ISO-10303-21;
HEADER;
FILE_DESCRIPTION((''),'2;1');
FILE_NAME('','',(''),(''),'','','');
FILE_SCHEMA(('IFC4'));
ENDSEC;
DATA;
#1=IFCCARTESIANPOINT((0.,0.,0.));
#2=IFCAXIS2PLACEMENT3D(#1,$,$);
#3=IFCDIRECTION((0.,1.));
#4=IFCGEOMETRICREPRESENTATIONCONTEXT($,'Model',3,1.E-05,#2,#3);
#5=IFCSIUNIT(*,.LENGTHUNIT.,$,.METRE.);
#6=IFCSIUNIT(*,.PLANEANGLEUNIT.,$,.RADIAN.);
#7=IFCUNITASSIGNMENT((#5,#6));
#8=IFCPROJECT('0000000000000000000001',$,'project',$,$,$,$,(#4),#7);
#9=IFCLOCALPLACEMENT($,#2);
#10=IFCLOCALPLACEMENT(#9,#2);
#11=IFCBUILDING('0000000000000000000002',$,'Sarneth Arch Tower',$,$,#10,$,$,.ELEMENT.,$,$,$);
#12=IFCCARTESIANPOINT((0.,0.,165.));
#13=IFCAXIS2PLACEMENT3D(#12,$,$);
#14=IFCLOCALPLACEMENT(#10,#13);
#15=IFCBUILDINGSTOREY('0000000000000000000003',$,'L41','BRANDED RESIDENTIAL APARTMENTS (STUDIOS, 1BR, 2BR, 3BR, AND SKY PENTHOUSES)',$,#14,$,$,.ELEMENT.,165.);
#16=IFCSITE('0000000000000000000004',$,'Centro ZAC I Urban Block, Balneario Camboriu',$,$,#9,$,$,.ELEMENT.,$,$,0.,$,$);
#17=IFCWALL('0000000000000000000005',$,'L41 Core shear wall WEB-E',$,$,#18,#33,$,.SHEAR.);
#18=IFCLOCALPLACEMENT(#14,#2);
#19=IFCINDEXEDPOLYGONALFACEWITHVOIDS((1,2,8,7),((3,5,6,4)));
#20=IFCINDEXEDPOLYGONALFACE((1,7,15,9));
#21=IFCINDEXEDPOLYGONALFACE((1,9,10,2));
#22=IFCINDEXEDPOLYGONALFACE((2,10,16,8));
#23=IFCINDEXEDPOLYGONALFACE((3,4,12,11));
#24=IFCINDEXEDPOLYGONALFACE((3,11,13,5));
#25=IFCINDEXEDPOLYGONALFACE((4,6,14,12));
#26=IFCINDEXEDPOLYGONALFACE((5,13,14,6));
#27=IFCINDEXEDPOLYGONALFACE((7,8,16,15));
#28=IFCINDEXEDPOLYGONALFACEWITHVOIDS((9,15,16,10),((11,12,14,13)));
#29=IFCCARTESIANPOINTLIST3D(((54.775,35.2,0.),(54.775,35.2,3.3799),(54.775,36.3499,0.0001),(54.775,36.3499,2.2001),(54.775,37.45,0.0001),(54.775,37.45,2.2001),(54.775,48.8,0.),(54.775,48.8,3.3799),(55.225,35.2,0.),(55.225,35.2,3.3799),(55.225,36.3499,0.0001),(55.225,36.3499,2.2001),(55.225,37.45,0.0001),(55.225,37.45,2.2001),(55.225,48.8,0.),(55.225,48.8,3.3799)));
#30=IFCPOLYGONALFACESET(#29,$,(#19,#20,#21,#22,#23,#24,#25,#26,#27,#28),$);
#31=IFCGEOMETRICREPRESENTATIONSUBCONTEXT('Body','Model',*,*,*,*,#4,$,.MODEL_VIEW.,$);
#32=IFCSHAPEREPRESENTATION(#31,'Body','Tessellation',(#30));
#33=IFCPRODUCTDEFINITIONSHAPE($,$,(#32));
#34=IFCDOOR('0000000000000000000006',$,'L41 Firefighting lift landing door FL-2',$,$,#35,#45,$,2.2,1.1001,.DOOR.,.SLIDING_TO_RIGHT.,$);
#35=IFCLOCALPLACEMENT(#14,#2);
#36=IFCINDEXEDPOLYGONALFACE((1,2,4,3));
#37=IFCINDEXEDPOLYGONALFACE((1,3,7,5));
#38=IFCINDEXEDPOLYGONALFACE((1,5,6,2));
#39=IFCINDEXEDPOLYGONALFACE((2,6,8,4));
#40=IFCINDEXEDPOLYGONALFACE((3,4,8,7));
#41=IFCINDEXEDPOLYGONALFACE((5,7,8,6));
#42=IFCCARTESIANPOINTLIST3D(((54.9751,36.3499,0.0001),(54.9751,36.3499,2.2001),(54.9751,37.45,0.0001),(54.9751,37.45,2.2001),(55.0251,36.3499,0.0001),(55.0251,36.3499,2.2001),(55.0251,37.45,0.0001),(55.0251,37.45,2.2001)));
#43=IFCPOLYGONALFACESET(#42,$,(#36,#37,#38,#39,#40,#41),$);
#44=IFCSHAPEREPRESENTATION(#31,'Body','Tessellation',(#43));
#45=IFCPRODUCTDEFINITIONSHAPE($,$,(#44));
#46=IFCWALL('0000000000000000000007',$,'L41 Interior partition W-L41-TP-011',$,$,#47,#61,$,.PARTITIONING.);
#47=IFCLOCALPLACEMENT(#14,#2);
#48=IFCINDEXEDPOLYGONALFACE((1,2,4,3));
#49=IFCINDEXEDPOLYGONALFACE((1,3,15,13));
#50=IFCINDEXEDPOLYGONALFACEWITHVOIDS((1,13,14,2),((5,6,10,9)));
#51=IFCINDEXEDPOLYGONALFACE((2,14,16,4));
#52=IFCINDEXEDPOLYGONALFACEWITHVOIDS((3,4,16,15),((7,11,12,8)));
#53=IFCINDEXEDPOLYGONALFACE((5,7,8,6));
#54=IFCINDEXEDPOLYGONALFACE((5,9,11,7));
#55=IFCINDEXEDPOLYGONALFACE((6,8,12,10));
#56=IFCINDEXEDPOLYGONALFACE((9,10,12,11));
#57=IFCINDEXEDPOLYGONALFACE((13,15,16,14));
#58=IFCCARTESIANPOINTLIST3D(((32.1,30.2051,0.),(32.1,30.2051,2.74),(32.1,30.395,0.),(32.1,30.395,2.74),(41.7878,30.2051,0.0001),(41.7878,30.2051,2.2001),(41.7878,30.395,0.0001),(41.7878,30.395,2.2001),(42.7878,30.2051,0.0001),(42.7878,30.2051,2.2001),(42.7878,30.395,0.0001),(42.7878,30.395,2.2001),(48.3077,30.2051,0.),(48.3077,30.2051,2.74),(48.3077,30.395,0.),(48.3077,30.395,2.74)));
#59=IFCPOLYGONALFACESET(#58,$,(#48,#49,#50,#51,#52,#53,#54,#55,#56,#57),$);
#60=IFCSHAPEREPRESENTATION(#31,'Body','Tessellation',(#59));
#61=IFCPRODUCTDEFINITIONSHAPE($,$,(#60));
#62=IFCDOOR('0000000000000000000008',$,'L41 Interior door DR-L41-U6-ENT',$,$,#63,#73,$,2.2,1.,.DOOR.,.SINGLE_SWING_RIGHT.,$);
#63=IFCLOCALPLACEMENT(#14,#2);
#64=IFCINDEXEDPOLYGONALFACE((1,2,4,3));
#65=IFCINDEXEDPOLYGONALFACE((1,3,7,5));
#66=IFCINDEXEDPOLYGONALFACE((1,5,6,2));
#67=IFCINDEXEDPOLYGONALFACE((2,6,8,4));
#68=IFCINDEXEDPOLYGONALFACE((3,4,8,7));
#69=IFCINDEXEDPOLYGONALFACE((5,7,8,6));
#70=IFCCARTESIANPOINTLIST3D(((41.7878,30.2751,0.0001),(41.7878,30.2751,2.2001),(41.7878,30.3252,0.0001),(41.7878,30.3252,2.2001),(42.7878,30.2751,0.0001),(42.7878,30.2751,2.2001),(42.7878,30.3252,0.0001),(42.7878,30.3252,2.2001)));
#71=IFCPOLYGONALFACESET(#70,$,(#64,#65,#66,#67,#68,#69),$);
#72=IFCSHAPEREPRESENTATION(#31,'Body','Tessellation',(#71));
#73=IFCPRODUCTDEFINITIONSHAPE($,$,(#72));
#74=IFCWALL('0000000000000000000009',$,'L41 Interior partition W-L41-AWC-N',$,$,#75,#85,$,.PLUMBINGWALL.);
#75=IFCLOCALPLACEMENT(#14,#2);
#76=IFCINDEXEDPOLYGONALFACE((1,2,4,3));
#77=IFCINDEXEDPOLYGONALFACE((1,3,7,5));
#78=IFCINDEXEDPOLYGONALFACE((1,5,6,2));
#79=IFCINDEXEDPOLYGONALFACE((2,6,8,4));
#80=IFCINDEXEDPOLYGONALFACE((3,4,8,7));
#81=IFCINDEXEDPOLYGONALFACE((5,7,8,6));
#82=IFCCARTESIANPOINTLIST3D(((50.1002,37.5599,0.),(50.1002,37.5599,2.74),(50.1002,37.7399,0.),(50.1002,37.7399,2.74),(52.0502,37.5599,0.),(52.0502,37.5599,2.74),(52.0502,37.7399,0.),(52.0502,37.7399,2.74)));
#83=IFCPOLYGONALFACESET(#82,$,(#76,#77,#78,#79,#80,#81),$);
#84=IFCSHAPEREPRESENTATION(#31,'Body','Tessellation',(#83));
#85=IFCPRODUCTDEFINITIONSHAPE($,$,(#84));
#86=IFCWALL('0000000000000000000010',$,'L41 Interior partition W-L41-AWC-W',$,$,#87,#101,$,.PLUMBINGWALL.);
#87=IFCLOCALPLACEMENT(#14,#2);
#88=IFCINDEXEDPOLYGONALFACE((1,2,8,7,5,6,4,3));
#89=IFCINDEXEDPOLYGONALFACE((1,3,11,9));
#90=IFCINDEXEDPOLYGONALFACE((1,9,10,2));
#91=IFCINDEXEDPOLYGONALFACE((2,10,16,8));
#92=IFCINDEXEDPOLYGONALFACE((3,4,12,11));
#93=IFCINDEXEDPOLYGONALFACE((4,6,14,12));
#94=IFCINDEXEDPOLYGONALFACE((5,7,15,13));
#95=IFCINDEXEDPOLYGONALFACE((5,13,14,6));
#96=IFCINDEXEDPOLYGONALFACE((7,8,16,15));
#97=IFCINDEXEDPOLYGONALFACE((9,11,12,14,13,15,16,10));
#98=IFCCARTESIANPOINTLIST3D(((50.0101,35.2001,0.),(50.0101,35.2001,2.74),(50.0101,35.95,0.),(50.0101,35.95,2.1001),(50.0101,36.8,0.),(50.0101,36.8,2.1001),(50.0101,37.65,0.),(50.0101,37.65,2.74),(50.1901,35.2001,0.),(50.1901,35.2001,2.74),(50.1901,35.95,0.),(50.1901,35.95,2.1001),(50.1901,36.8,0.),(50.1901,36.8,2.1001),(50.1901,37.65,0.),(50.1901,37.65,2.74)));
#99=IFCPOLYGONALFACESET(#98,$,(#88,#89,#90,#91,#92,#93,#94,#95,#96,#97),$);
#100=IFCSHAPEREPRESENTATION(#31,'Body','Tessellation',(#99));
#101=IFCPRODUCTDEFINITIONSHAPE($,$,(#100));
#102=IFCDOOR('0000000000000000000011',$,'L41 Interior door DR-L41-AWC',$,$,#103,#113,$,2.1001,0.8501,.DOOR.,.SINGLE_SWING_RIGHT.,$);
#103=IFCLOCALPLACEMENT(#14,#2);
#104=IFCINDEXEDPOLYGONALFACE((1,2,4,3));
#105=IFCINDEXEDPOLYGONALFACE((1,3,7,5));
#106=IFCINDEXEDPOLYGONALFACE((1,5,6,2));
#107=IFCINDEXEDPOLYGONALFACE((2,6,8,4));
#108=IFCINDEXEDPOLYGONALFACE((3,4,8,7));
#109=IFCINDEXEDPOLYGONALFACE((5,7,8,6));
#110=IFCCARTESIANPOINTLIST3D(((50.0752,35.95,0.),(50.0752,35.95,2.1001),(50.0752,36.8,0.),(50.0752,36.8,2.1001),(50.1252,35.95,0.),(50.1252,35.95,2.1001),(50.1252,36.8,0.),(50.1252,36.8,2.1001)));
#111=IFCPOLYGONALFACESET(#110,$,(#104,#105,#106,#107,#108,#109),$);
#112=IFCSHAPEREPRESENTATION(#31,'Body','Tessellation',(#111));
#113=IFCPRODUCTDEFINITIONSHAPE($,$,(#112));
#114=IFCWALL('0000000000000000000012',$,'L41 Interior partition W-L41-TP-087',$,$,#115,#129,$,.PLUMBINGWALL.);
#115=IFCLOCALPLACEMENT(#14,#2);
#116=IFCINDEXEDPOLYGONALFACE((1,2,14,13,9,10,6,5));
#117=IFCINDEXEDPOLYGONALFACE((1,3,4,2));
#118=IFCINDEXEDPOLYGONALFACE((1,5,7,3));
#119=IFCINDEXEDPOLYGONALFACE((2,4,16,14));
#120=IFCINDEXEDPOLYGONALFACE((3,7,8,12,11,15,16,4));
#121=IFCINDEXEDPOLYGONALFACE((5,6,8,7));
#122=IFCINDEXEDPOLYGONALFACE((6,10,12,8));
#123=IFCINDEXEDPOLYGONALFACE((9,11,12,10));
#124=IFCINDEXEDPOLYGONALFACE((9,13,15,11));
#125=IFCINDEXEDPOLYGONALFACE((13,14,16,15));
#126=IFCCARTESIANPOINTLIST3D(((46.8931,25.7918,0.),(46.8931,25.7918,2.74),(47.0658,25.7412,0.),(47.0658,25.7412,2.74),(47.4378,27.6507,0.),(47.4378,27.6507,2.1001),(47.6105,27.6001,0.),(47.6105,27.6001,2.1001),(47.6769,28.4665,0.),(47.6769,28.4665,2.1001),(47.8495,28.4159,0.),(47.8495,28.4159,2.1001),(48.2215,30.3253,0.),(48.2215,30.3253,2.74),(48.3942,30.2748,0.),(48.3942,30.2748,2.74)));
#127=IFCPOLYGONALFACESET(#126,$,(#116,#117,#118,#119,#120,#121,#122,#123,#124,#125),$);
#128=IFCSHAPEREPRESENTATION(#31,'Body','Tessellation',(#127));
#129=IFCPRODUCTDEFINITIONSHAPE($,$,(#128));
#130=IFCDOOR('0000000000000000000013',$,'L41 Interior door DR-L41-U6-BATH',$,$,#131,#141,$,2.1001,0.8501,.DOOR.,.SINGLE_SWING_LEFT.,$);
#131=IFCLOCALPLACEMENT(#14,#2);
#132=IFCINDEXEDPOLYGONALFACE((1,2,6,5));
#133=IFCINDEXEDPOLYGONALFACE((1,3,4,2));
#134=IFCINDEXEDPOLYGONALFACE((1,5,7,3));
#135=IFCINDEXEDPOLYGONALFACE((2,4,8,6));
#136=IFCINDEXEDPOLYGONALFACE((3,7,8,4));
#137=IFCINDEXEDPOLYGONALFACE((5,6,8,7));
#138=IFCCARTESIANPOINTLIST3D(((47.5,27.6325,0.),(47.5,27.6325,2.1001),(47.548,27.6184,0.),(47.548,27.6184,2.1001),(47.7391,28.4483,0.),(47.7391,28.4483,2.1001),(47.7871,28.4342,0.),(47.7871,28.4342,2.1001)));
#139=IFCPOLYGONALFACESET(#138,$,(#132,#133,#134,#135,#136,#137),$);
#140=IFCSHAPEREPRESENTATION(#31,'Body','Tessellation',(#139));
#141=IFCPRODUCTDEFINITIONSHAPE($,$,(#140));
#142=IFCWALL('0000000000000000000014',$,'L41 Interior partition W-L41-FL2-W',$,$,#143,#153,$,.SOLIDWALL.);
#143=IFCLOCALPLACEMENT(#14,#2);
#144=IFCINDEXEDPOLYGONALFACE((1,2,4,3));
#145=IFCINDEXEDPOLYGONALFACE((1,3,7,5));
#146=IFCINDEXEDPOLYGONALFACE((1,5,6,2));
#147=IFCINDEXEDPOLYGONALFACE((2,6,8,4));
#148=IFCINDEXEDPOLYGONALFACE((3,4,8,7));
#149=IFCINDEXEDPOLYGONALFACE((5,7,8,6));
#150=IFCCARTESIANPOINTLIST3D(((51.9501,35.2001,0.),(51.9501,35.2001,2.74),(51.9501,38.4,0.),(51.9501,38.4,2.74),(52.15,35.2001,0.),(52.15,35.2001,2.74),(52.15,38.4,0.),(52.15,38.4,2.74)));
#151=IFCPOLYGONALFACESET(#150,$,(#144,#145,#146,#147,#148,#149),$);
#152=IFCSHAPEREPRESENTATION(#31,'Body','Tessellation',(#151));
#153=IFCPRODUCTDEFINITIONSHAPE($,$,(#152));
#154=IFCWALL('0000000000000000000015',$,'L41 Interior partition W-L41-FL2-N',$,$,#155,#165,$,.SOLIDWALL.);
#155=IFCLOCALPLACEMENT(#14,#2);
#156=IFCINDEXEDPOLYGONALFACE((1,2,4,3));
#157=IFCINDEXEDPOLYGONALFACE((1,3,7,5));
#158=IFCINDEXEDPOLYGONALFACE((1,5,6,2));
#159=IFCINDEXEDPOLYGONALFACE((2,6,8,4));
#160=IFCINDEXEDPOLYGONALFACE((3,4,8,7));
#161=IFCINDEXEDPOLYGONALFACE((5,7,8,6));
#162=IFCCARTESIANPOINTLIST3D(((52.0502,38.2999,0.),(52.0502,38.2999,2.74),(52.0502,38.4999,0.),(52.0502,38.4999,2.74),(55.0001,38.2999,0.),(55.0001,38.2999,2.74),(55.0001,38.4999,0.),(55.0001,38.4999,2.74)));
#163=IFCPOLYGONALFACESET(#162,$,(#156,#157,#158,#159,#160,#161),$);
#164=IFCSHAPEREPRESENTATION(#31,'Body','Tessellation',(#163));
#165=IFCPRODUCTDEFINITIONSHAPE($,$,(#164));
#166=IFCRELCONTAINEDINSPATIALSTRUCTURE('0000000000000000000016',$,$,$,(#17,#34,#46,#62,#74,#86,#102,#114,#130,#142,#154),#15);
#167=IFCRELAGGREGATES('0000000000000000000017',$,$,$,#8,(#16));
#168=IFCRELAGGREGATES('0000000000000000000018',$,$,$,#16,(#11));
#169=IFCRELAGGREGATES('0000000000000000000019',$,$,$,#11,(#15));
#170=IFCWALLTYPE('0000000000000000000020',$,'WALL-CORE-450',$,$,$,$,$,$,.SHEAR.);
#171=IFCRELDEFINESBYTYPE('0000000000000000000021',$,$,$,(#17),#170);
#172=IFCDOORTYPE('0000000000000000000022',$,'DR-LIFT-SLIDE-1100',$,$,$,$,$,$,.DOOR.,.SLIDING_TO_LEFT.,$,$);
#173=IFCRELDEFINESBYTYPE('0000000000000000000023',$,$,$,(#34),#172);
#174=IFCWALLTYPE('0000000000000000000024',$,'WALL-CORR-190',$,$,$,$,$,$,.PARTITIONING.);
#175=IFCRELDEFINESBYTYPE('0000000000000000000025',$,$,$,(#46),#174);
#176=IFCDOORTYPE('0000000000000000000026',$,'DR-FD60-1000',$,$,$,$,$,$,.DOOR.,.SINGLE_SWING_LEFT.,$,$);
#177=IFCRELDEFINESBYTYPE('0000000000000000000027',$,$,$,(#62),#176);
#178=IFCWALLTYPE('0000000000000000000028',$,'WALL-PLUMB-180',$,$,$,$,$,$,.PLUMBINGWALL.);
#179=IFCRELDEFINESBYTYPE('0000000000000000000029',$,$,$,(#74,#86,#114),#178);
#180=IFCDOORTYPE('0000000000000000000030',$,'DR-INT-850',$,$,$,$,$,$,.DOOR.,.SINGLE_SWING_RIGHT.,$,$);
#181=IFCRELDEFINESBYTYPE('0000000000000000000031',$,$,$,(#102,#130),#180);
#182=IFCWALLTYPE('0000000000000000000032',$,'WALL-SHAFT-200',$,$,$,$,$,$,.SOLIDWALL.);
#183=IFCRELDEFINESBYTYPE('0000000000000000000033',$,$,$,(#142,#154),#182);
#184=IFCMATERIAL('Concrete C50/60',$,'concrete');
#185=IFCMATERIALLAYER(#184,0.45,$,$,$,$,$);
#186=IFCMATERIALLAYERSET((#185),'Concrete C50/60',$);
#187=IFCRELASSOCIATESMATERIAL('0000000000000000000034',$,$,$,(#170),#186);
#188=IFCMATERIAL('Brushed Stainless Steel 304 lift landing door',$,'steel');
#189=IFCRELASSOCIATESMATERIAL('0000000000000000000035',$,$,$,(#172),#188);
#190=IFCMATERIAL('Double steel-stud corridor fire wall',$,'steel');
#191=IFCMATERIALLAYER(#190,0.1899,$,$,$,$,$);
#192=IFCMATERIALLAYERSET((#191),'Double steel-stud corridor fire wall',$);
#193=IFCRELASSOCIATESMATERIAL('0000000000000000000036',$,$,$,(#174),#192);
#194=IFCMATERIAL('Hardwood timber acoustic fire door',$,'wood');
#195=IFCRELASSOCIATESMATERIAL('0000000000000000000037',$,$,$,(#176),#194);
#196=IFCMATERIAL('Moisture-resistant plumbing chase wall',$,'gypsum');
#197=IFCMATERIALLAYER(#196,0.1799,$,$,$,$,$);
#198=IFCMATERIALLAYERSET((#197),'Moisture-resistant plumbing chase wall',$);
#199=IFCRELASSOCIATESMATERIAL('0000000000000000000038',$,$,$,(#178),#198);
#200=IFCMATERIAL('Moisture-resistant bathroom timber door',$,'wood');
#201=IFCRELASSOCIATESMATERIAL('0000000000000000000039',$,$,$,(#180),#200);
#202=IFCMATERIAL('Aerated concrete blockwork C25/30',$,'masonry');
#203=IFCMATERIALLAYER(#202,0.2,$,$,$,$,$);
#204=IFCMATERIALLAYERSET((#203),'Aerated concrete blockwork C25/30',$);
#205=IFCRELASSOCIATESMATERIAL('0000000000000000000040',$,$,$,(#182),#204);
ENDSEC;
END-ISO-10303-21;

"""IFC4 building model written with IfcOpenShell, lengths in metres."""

from ifc_helpers import new_model, si_unit, direction, frame, frame_2d, origin, place, context, subcontext, project, spatial, rectangle, extrude, material, layer, layer_set, type_object, element, fill, save


model = new_model("IFC4")

# Units and contexts
model_context = context("Model", 3, precision=1e-05, world=origin(), true_north=direction((0.0, 1.0)))
body_context = subcontext(model_context, "Body", "Model", "MODEL_VIEW")
ifc_project = project(units=[si_unit("LENGTHUNIT", "METRE"), si_unit("PLANEANGLEUNIT", "RADIAN")], contexts=[model_context])

# Site, building, storey
site_placement = place(None, origin())
site = spatial("IfcSite", under=ifc_project, at=site_placement, Name="Centro ZAC I Urban Block, Balneario Camboriu", CompositionType="ELEMENT", RefElevation=0.0)
building_placement = place(site_placement, origin())
building = spatial("IfcBuilding", under=site, at=building_placement, Name="Sarneth Arch Tower", CompositionType="ELEMENT")
storey_placement = place(building_placement, frame((0.0, 0.0, 165.0)))
storey = spatial("IfcBuildingStorey", under=building, at=storey_placement, Name="L41", Description="BRANDED RESIDENTIAL APARTMENTS (STUDIOS, 1BR, 2BR, 3BR, AND SKY PENTHOUSES)", CompositionType="ELEMENT", Elevation=165.0)

# Shared definitions
ifc_material_1 = material(Name="Concrete C50/60", Category="concrete")
ifc_layer_1 = layer(ifc_material_1, 0.45)
ifc_layer_set_1 = layer_set([ifc_layer_1], Name="Concrete C50/60")
wall_type_1 = type_object("IfcWallType", Name="WALL-CORE-450", PredefinedType="SHEAR", material=ifc_layer_set_1)

# Walls, openings, doors
wall_1_placement = place(storey_placement, frame((55.0, 35.2, 0.0), z_axis=(0.0, 0.0, 1.0), x_axis=(0.0, 1.0, 0.0)))
wall_1 = element("IfcWall", 1, at=wall_1_placement, inside=storey, type_object=wall_type_1, Name="L41 Core shear wall WEB-E", PredefinedType="SHEAR", context=body_context, shape_type="SweptSolid", body=[
    extrude(rectangle(XDim=13.6001, YDim=0.45, at=frame_2d((6.8, 0.0))), origin(), (0.0, 0.0, 1.0), 3.3799),
])
opening_1_placement = place(wall_1_placement, frame((1.1499, 0.0, 0.0)))
opening_1 = element("IfcOpeningElement", 2, at=opening_1_placement, cuts=wall_1, PredefinedType="OPENING", context=body_context, shape_type="SweptSolid", body=[
    extrude(rectangle(XDim=1.1001, YDim=2.2, at=frame_2d((0.55, 1.1001))), frame((0.0, 0.2349, 0.0), z_axis=(0.0, -1.0, 0.0), x_axis=(1.0, 0.0, 0.0)), (0.0, 0.0, 1.0), 0.47),
])
ifc_material_2 = material(Name="Brushed Stainless Steel 304 lift landing door", Category="steel")
door_type_1 = type_object("IfcDoorType", Name="DR-LIFT-SLIDE-1100", OperationType="SLIDING_TO_LEFT", PredefinedType="DOOR", material=ifc_material_2)
door_1_placement = place(opening_1_placement, origin())
door_1 = element("IfcDoor", 3, at=door_1_placement, inside=storey, type_object=door_type_1, Name="L41 Firefighting lift landing door FL-2", OperationType="SLIDING_TO_RIGHT", OverallHeight=2.2, OverallWidth=1.1001, PredefinedType="DOOR", context=body_context, shape_type="SweptSolid", body=[
    extrude(rectangle(XDim=1.1001, YDim=2.2, at=frame_2d((0.55, 1.1001))), frame((0.0, 0.0249, 0.0), z_axis=(0.0, -1.0, 0.0), x_axis=(1.0, 0.0, 0.0)), (0.0, 0.0, 1.0), 0.05),
])
fill(opening_1, door_1)
ifc_material_3 = material(Name="Double steel-stud corridor fire wall", Category="steel")
ifc_layer_2 = layer(ifc_material_3, 0.1899)
ifc_layer_set_2 = layer_set([ifc_layer_2], Name="Double steel-stud corridor fire wall")
wall_type_2 = type_object("IfcWallType", Name="WALL-CORR-190", PredefinedType="PARTITIONING", material=ifc_layer_set_2)
wall_2_placement = place(storey_placement, frame((48.3079, 30.3, 0.0), z_axis=(0.0, 0.0, 1.0), x_axis=(-1.0, 0.0, 0.0)))
wall_2 = element("IfcWall", 4, at=wall_2_placement, inside=storey, type_object=wall_type_2, Name="L41 Interior partition W-L41-TP-011", PredefinedType="PARTITIONING", context=body_context, shape_type="SweptSolid", body=[
    extrude(rectangle(XDim=16.2078, YDim=0.1899, at=frame_2d((8.104, 0.0))), origin(), (0.0, 0.0, 1.0), 2.74),
])
opening_2_placement = place(wall_2_placement, frame((5.52, 0.0, 0.0)))
opening_2 = element("IfcOpeningElement", 5, at=opening_2_placement, cuts=wall_2, PredefinedType="OPENING", context=body_context, shape_type="SweptSolid", body=[
    extrude(rectangle(XDim=1.0, YDim=2.2, at=frame_2d((0.5, 1.1001))), frame((0.0, 0.105, 0.0), z_axis=(0.0, -1.0, 0.0), x_axis=(1.0, 0.0, 0.0)), (0.0, 0.0, 1.0), 0.21),
])
ifc_material_4 = material(Name="Hardwood timber acoustic fire door", Category="wood")
door_type_2 = type_object("IfcDoorType", Name="DR-FD60-1000", OperationType="SINGLE_SWING_LEFT", PredefinedType="DOOR", material=ifc_material_4)
door_2_placement = place(opening_2_placement, origin())
door_2 = element("IfcDoor", 6, at=door_2_placement, inside=storey, type_object=door_type_2, Name="L41 Interior door DR-L41-U6-ENT", OperationType="SINGLE_SWING_RIGHT", OverallHeight=2.2, OverallWidth=1.0, PredefinedType="DOOR", context=body_context, shape_type="SweptSolid", body=[
    extrude(rectangle(XDim=1.0, YDim=2.2, at=frame_2d((0.5, 1.1001))), frame((0.0, 0.0249, 0.0), z_axis=(0.0, -1.0, 0.0), x_axis=(1.0, 0.0, 0.0)), (0.0, 0.0, 1.0), 0.05),
])
fill(opening_2, door_2)

# Wall
ifc_material_5 = material(Name="Moisture-resistant plumbing chase wall", Category="gypsum")
ifc_layer_3 = layer(ifc_material_5, 0.1799)
ifc_layer_set_3 = layer_set([ifc_layer_3], Name="Moisture-resistant plumbing chase wall")
wall_type_3 = type_object("IfcWallType", Name="WALL-PLUMB-180", PredefinedType="PLUMBINGWALL", material=ifc_layer_set_3)
wall_3_placement = place(storey_placement, frame((50.1001, 37.6499, 0.0), z_axis=(0.0, 0.0, 1.0), x_axis=(1.0, 0.0, 0.0)))
element("IfcWall", 7, at=wall_3_placement, inside=storey, type_object=wall_type_3, Name="L41 Interior partition W-L41-AWC-N", PredefinedType="PLUMBINGWALL", context=body_context, shape_type="SweptSolid", body=[
    extrude(rectangle(XDim=1.95, YDim=0.1799, at=frame_2d((0.9751, 0.0))), origin(), (0.0, 0.0, 1.0), 2.74),
])

# Walls, openings, doors
wall_4_placement = place(storey_placement, frame((50.1001, 35.2, 0.0), z_axis=(0.0, 0.0, 1.0), x_axis=(0.0, 1.0, 0.0)))
wall_4 = element("IfcWall", 8, at=wall_4_placement, inside=storey, type_object=wall_type_3, Name="L41 Interior partition W-L41-AWC-W", PredefinedType="PLUMBINGWALL", context=body_context, shape_type="SweptSolid", body=[
    extrude(rectangle(XDim=2.45, YDim=0.1799, at=frame_2d((1.2251, 0.0))), origin(), (0.0, 0.0, 1.0), 2.74),
])
opening_3_placement = place(wall_4_placement, frame((0.75, 0.0, 0.0)))
opening_3 = element("IfcOpeningElement", 9, at=opening_3_placement, cuts=wall_4, PredefinedType="OPENING", context=body_context, shape_type="SweptSolid", body=[
    extrude(rectangle(XDim=0.8501, YDim=2.1001, at=frame_2d((0.425, 1.05))), frame((0.0, 0.0999, 0.0), z_axis=(0.0, -1.0, 0.0), x_axis=(1.0, 0.0, 0.0)), (0.0, 0.0, 1.0), 0.2),
])
ifc_material_6 = material(Name="Moisture-resistant bathroom timber door", Category="wood")
door_type_3 = type_object("IfcDoorType", Name="DR-INT-850", OperationType="SINGLE_SWING_RIGHT", PredefinedType="DOOR", material=ifc_material_6)
door_3_placement = place(opening_3_placement, origin())
door_3 = element("IfcDoor", 10, at=door_3_placement, inside=storey, type_object=door_type_3, Name="L41 Interior door DR-L41-AWC", OperationType="SINGLE_SWING_RIGHT", OverallHeight=2.1001, OverallWidth=0.8501, PredefinedType="DOOR", context=body_context, shape_type="SweptSolid", body=[
    extrude(rectangle(XDim=0.8501, YDim=2.1001, at=frame_2d((0.425, 1.05))), frame((0.0, 0.0249, 0.0), z_axis=(0.0, -1.0, 0.0), x_axis=(1.0, 0.0, 0.0)), (0.0, 0.0, 1.0), 0.05),
])
fill(opening_3, door_3)
wall_5_placement = place(storey_placement, frame((48.3079, 30.3, 0.0), z_axis=(0.0, 0.0, 1.0), x_axis=(-0.281192, -0.959651, 0.0)))
wall_5 = element("IfcWall", 11, at=wall_5_placement, inside=storey, type_object=wall_type_3, Name="L41 Interior partition W-L41-TP-087", PredefinedType="PLUMBINGWALL", context=body_context, shape_type="SweptSolid", body=[
    extrude(rectangle(XDim=4.7241, YDim=0.1799, at=frame_2d((2.3621, 0.0))), origin(), (0.0, 0.0, 1.0), 2.74),
])
opening_4_placement = place(wall_5_placement, frame((1.937, 0.0, 0.0)))
opening_4 = element("IfcOpeningElement", 12, at=opening_4_placement, cuts=wall_5, PredefinedType="OPENING", context=body_context, shape_type="SweptSolid", body=[
    extrude(rectangle(XDim=0.8501, YDim=2.1001, at=frame_2d((0.425, 1.05))), frame((0.0, 0.0999, 0.0), z_axis=(0.0, -1.0, 0.0), x_axis=(1.0, 0.0, 0.0)), (0.0, 0.0, 1.0), 0.2),
])
door_4_placement = place(opening_4_placement, origin())
door_4 = element("IfcDoor", 13, at=door_4_placement, inside=storey, type_object=door_type_3, Name="L41 Interior door DR-L41-U6-BATH", OperationType="SINGLE_SWING_LEFT", OverallHeight=2.1001, OverallWidth=0.8501, PredefinedType="DOOR", context=body_context, shape_type="SweptSolid", body=[
    extrude(rectangle(XDim=0.8501, YDim=2.1001, at=frame_2d((0.425, 1.05))), frame((0.0, 0.0249, 0.0), z_axis=(0.0, -1.0, 0.0), x_axis=(1.0, 0.0, 0.0)), (0.0, 0.0, 1.0), 0.05),
])
fill(opening_4, door_4)
ifc_material_7 = material(Name="Aerated concrete blockwork C25/30", Category="masonry")
ifc_layer_4 = layer(ifc_material_7, 0.2)
ifc_layer_set_4 = layer_set([ifc_layer_4], Name="Aerated concrete blockwork C25/30")
wall_type_4 = type_object("IfcWallType", Name="WALL-SHAFT-200", PredefinedType="SOLIDWALL", material=ifc_layer_set_4)

# Walls
wall_6_placement = place(storey_placement, frame((52.05, 35.2, 0.0), z_axis=(0.0, 0.0, 1.0), x_axis=(0.0, 1.0, 0.0)))
element("IfcWall", 14, at=wall_6_placement, inside=storey, type_object=wall_type_4, Name="L41 Interior partition W-L41-FL2-W", PredefinedType="SOLIDWALL", context=body_context, shape_type="SweptSolid", body=[
    extrude(rectangle(XDim=3.2, YDim=0.2, at=frame_2d((1.6001, 0.0))), origin(), (0.0, 0.0, 1.0), 2.74),
])
wall_7_placement = place(storey_placement, frame((52.05, 38.3999, 0.0), z_axis=(0.0, 0.0, 1.0), x_axis=(1.0, 0.0, 0.0)))
element("IfcWall", 15, at=wall_7_placement, inside=storey, type_object=wall_type_4, Name="L41 Interior partition W-L41-FL2-N", PredefinedType="SOLIDWALL", context=body_context, shape_type="SweptSolid", body=[
    extrude(rectangle(XDim=2.95, YDim=0.2, at=frame_2d((1.4751, 0.0))), origin(), (0.0, 0.0, 1.0), 2.74),
])

save(model, "model.ifc")
